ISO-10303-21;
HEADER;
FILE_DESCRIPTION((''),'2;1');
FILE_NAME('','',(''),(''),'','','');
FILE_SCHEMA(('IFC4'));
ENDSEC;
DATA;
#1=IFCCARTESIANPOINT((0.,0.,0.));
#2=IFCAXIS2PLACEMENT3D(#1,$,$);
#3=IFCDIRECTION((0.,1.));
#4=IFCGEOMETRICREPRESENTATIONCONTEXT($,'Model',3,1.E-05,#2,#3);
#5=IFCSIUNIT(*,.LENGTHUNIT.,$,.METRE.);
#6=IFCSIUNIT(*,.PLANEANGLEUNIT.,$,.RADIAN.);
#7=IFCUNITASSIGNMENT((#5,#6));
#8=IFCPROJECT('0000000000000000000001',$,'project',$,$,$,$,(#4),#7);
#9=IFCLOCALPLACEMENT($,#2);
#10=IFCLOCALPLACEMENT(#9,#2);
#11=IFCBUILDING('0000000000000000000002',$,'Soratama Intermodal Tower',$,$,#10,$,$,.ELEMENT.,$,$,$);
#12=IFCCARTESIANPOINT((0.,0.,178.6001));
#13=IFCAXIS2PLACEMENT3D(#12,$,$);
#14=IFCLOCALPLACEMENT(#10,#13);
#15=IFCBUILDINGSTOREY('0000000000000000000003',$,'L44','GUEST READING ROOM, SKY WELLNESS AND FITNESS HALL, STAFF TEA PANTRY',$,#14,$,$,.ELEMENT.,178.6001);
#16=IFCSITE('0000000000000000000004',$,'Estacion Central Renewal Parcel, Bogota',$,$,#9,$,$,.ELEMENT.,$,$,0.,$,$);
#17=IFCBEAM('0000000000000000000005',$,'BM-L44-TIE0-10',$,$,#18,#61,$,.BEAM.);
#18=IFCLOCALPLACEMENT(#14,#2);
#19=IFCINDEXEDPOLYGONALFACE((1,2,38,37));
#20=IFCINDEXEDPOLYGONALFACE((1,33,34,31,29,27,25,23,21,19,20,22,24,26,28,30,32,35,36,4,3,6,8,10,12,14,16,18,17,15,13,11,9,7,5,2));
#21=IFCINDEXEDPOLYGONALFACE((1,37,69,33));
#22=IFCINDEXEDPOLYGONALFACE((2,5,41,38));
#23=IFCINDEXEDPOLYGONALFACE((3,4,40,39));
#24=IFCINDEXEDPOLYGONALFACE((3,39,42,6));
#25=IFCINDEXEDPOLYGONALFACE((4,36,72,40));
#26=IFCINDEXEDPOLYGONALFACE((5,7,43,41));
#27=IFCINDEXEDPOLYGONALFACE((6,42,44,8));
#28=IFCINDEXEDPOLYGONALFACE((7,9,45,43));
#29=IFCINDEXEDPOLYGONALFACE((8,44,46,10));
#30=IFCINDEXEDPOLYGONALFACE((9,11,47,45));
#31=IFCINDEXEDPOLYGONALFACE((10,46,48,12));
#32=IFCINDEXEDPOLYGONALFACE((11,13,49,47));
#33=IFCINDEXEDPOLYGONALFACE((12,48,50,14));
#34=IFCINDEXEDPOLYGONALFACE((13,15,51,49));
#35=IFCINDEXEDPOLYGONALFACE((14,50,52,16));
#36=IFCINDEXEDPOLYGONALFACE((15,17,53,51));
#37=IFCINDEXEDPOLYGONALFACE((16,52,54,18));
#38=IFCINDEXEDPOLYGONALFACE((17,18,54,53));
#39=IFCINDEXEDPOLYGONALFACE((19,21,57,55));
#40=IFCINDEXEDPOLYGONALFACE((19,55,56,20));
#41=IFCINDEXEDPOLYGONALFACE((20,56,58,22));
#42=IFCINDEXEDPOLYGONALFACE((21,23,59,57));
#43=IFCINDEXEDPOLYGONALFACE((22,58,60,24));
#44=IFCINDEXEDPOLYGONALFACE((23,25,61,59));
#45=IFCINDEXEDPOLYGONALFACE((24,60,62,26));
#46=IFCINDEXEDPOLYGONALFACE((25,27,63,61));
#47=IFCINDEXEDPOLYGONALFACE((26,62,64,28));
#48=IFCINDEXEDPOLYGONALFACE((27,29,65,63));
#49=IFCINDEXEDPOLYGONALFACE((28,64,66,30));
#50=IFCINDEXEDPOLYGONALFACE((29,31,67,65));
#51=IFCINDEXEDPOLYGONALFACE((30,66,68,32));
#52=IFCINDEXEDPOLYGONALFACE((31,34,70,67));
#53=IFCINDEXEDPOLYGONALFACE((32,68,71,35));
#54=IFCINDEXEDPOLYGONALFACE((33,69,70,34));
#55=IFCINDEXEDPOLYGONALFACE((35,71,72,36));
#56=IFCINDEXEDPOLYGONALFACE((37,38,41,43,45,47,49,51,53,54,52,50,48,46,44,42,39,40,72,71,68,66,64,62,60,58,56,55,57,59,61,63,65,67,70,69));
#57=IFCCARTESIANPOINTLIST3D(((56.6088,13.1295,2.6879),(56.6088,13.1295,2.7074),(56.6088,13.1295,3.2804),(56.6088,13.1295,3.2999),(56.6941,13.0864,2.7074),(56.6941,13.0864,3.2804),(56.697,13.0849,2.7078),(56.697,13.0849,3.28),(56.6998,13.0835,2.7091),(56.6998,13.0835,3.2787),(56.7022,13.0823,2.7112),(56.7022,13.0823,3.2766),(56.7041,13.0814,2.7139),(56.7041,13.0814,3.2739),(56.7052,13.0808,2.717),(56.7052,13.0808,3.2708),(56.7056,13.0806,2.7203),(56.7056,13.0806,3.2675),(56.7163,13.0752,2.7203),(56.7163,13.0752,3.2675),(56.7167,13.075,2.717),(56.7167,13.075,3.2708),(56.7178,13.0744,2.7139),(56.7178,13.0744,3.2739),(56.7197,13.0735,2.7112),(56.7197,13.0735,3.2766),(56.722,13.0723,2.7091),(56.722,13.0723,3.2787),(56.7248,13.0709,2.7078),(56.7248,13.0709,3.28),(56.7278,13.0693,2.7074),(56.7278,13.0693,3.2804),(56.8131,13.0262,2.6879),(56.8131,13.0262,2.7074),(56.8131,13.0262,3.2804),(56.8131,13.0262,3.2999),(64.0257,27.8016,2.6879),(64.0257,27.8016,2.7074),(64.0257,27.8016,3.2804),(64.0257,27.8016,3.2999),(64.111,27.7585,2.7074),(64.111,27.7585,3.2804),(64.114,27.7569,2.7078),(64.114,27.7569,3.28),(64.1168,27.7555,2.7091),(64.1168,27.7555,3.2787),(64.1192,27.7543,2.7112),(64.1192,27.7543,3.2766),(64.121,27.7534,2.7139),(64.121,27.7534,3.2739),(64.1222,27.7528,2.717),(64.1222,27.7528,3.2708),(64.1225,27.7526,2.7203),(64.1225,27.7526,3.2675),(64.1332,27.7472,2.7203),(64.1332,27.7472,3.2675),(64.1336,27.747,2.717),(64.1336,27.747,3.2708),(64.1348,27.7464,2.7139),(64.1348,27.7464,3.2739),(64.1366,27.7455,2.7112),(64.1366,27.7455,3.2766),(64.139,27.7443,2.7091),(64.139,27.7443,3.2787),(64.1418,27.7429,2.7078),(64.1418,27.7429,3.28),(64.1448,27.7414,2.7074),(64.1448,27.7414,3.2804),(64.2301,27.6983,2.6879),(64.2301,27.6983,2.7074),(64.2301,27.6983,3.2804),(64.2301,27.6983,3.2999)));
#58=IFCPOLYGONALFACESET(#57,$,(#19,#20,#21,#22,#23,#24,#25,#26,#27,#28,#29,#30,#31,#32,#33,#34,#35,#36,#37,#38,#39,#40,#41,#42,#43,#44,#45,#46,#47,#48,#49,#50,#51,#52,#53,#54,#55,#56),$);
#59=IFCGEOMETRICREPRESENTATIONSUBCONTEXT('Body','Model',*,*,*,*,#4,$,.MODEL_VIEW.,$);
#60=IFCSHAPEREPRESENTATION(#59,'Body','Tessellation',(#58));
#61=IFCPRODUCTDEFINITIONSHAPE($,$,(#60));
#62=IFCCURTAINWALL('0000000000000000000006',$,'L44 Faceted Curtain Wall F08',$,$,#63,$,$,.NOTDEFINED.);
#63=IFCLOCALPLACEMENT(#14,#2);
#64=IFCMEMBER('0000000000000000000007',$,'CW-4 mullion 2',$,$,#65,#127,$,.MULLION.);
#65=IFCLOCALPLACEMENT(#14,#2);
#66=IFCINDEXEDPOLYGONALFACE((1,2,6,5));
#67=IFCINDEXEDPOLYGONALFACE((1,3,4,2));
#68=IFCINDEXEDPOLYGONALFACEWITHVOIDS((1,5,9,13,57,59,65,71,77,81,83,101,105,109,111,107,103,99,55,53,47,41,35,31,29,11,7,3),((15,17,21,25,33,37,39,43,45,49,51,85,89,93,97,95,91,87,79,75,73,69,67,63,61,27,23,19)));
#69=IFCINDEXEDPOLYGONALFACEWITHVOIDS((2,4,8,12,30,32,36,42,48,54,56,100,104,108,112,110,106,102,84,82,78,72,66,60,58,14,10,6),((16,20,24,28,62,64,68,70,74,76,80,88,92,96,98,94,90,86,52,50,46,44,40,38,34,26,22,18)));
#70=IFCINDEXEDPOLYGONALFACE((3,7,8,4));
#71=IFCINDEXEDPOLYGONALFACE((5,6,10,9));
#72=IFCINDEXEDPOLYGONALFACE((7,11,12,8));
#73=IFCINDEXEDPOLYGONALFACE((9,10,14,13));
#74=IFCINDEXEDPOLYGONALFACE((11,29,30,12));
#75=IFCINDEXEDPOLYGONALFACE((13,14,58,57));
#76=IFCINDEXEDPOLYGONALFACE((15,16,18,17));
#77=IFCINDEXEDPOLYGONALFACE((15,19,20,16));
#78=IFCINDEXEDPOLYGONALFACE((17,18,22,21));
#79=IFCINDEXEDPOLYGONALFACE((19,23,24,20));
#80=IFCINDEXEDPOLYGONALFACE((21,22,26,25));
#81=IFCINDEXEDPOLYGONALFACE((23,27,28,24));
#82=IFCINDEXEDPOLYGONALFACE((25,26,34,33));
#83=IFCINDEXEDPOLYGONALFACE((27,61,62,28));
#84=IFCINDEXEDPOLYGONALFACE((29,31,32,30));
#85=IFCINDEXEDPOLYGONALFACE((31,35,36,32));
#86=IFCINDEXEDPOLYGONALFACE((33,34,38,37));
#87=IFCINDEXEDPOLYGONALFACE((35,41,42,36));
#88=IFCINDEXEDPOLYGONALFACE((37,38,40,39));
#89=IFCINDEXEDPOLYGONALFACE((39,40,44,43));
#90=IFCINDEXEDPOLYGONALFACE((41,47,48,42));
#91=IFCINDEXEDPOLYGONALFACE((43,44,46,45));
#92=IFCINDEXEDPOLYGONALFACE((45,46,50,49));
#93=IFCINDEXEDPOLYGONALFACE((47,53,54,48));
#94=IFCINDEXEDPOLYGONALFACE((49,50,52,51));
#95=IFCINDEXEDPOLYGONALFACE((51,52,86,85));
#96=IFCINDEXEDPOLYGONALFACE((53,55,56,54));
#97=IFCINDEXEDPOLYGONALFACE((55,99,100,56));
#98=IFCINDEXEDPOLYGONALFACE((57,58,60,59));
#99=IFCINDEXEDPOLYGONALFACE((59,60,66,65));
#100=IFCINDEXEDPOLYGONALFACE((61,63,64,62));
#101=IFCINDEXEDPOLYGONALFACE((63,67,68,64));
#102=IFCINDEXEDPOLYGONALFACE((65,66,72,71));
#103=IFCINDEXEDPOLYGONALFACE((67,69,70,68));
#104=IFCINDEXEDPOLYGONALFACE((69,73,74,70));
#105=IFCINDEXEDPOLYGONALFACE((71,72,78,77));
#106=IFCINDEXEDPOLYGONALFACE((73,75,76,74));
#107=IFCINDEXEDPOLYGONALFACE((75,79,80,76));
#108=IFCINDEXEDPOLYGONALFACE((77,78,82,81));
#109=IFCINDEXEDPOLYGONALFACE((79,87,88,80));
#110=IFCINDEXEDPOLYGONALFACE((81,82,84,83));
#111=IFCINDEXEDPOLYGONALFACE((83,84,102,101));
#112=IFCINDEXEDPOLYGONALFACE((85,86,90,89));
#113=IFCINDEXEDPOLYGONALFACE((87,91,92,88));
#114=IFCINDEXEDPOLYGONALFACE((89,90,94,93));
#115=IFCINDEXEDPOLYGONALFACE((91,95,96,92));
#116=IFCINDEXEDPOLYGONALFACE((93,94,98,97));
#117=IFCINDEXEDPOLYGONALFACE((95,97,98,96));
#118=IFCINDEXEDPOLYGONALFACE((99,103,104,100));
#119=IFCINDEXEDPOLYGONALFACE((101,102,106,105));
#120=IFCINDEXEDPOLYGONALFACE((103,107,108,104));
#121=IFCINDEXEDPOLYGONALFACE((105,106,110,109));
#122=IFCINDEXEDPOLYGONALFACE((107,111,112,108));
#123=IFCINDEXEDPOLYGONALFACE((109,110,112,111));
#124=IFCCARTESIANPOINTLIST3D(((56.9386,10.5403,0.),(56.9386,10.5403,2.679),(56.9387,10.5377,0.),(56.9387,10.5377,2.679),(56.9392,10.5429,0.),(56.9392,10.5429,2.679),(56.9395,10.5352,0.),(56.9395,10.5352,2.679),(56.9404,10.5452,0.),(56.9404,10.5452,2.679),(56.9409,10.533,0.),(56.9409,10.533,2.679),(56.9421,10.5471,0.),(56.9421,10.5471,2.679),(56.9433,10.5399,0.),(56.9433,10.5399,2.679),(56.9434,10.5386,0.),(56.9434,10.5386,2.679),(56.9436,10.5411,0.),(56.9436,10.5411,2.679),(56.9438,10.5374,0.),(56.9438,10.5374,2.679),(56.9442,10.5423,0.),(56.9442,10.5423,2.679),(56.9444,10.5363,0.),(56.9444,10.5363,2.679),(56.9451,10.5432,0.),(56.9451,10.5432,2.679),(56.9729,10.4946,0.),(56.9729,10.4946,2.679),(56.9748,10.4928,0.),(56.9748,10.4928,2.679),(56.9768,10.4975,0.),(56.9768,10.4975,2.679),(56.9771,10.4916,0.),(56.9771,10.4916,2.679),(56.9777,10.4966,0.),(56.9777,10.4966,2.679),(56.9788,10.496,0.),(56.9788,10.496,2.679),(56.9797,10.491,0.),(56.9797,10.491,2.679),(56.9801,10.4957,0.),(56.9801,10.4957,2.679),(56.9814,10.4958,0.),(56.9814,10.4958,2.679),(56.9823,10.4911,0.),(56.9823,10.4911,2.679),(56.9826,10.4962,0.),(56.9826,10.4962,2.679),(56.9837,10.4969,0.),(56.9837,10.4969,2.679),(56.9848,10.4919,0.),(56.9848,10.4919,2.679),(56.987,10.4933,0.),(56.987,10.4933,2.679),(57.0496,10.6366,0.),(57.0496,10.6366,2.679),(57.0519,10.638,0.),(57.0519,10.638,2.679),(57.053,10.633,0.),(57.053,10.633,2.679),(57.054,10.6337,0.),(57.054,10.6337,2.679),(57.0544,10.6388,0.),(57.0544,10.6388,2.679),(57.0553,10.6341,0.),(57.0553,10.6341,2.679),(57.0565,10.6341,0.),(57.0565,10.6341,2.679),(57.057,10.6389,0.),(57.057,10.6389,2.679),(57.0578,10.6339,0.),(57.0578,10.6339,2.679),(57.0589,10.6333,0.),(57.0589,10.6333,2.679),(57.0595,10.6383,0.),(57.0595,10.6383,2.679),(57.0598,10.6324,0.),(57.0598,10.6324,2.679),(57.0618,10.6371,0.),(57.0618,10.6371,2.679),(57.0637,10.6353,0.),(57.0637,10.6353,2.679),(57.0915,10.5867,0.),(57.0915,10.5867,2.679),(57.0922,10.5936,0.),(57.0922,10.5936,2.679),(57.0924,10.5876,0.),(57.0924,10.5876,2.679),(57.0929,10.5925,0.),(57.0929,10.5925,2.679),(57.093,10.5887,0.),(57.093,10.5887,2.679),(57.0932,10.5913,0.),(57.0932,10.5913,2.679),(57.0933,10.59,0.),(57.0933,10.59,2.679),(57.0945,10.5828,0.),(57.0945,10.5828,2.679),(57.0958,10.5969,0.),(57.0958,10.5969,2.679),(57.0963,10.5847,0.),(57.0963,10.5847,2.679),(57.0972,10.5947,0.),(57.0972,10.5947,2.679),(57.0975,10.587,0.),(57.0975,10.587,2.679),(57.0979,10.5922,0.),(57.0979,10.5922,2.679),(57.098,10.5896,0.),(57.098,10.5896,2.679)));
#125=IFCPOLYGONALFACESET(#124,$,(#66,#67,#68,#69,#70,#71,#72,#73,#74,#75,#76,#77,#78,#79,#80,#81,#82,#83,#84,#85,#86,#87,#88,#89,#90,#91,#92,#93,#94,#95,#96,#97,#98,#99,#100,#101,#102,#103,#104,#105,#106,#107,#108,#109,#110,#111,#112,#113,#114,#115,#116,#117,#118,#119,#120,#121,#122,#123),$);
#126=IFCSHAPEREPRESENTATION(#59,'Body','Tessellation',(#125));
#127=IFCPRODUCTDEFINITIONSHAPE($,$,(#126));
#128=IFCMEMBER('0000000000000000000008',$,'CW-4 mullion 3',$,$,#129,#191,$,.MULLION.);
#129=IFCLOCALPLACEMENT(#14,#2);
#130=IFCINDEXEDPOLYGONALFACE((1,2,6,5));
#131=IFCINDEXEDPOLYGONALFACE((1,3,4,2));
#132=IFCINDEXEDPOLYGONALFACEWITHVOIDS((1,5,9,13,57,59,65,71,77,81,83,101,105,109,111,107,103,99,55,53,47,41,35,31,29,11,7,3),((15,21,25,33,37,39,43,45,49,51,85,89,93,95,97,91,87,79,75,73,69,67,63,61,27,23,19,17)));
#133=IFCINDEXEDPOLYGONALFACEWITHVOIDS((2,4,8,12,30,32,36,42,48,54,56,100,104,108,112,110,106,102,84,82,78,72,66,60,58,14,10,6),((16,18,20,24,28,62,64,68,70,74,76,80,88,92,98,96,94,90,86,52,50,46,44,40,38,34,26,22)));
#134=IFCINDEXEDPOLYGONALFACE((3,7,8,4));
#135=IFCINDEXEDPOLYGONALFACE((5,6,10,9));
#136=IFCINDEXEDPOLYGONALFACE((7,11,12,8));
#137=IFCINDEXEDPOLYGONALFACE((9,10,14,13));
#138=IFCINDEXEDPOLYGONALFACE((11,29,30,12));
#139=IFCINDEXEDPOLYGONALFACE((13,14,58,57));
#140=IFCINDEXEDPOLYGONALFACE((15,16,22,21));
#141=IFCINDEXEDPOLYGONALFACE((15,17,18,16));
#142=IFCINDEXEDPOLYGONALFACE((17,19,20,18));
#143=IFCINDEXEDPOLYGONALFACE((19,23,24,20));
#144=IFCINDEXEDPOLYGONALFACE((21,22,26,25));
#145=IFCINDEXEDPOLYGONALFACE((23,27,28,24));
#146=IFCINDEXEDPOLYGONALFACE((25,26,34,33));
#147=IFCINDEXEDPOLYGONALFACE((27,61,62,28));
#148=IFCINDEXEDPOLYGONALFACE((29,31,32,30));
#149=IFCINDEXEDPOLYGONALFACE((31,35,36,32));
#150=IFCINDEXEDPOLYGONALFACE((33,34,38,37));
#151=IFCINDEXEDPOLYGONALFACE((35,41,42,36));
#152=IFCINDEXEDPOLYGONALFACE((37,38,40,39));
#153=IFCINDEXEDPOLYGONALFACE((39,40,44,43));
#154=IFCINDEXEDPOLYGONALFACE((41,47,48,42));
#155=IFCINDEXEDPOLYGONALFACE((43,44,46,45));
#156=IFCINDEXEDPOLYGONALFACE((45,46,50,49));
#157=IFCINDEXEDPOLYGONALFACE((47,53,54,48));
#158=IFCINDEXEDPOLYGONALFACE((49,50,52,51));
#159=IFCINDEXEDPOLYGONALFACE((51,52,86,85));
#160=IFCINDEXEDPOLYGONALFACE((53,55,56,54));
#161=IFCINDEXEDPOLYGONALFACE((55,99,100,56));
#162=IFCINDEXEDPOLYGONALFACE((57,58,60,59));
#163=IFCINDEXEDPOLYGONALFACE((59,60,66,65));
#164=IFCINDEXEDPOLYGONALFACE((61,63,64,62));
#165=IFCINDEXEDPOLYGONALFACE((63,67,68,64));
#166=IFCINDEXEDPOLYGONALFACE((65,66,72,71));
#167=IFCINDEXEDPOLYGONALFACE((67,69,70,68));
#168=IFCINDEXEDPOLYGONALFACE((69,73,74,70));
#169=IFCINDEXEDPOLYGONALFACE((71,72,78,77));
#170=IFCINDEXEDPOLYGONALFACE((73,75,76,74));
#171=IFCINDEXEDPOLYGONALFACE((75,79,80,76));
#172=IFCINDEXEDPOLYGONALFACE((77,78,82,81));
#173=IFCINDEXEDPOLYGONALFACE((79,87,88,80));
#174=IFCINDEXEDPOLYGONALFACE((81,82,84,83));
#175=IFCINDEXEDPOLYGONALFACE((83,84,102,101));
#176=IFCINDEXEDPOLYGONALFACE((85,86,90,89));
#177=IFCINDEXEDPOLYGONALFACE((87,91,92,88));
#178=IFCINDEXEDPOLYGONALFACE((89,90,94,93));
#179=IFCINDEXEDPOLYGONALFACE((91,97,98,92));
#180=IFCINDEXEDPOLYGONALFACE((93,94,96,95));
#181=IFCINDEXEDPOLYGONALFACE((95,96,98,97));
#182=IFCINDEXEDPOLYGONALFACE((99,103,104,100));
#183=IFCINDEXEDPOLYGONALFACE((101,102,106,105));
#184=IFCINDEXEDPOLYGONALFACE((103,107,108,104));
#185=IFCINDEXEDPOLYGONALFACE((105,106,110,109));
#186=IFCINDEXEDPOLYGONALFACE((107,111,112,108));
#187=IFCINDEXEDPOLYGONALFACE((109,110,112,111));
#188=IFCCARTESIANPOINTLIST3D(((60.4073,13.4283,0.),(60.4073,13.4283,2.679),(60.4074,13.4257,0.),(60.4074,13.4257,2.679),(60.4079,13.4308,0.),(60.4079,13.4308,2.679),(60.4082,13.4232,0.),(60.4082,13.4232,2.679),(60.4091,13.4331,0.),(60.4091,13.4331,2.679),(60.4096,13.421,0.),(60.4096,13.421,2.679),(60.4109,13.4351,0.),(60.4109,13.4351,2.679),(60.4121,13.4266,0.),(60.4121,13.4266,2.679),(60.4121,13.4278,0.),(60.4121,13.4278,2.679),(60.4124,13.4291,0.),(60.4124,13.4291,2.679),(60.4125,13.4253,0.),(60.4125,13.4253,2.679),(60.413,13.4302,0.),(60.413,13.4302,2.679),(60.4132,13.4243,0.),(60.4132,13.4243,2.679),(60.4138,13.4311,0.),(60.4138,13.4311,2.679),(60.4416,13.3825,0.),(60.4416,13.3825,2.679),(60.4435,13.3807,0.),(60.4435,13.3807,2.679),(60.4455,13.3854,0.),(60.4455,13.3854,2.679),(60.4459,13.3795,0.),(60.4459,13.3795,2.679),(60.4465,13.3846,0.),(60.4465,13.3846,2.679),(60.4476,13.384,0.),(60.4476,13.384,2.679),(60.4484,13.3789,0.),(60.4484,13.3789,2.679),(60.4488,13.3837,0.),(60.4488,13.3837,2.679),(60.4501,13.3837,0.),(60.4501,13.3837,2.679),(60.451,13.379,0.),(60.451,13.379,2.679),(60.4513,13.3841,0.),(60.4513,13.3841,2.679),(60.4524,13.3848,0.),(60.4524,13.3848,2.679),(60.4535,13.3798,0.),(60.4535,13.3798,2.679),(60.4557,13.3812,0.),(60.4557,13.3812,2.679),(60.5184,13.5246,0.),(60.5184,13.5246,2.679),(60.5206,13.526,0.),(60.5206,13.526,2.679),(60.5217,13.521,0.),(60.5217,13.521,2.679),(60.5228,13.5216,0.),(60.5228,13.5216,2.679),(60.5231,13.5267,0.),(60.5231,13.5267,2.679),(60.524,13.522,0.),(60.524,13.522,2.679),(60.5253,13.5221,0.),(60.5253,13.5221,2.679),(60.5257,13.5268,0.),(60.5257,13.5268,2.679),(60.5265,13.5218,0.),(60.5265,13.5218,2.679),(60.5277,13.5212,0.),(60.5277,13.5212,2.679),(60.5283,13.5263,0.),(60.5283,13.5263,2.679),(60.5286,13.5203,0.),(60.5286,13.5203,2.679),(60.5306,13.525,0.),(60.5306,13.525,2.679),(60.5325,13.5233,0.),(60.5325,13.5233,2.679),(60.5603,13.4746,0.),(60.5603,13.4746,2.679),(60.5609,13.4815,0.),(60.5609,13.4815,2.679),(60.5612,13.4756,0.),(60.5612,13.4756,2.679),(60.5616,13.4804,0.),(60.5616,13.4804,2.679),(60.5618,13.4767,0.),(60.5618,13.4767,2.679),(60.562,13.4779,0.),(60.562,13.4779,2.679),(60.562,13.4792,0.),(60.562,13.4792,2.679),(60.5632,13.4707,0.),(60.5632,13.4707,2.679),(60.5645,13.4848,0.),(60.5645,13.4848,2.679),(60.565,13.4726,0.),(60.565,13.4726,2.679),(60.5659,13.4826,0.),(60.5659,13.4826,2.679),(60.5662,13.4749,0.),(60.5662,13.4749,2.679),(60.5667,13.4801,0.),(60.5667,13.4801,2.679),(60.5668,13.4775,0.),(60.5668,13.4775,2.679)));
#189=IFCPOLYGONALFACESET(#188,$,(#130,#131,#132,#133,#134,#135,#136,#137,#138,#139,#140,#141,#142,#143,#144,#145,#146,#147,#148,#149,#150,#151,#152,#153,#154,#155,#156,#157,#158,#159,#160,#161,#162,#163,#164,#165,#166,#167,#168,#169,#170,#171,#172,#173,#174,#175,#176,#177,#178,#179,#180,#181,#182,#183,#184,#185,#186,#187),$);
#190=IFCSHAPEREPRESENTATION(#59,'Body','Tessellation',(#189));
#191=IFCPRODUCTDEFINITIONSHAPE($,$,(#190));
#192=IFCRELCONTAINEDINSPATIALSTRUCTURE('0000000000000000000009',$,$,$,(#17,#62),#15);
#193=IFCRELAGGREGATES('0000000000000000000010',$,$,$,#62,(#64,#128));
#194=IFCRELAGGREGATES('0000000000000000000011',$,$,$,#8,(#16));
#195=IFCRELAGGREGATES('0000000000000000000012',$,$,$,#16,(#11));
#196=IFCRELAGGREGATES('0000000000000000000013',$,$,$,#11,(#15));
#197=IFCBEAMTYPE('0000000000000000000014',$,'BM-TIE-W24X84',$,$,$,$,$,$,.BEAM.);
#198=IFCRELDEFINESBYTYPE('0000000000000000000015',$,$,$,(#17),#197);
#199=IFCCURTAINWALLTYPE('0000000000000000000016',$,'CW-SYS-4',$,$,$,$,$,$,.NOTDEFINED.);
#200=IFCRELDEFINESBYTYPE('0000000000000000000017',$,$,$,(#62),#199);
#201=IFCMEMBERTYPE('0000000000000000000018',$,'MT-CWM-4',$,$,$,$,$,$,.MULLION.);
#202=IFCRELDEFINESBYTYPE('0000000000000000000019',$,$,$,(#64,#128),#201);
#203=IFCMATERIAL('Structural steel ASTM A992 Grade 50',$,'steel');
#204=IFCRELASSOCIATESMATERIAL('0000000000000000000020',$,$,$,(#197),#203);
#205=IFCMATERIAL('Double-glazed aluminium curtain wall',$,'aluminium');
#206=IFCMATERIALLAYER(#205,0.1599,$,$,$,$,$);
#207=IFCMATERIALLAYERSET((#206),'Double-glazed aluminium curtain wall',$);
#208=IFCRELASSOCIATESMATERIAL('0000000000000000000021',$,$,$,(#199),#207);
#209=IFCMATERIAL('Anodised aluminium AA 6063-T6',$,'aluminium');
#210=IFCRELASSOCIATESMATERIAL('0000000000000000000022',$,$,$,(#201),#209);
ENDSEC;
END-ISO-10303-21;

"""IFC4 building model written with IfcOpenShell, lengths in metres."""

from ifc_helpers import new_model, si_unit, direction, frame, origin, origin_2d, place, context, subcontext, project, spatial, hollow_rectangle, i_section, extrude, material, layer, layer_set, material_profile, profile_set, type_object, element, aggregate, save


model = new_model("IFC4")

# Units and contexts
model_context = context("Model", 3, precision=1e-05, world=origin(), true_north=direction((0.0, 1.0)))
body_context = subcontext(model_context, "Body", "Model", "MODEL_VIEW")
ifc_project = project(units=[si_unit("LENGTHUNIT", "METRE"), si_unit("PLANEANGLEUNIT", "RADIAN")], contexts=[model_context])

# Site, building, storey
site_placement = place(None, origin())
site = spatial("IfcSite", under=ifc_project, at=site_placement, Name="Estacion Central Renewal Parcel, Bogota", CompositionType="ELEMENT", RefElevation=0.0)
building_placement = place(site_placement, origin())
building = spatial("IfcBuilding", under=site, at=building_placement, Name="Soratama Intermodal Tower", CompositionType="ELEMENT")
storey_placement = place(building_placement, frame((0.0, 0.0, 178.6001)))
storey = spatial("IfcBuildingStorey", under=building, at=storey_placement, Name="L44", Description="GUEST READING ROOM, SKY WELLNESS AND FITNESS HALL, STAFF TEA PANTRY", CompositionType="ELEMENT", Elevation=178.6001)

# Beam
ifc_material_1 = material(Name="Structural steel ASTM A992 Grade 50", Category="steel")
ifc_material_profile_1 = material_profile(ifc_material_1, i_section(OverallWidth=0.229, OverallDepth=0.6121, WebThickness=0.012, FlangeThickness=0.0195, FilletRadius=0.0129, at=origin_2d()), Name="W24X84")
ifc_profile_set_1 = profile_set([ifc_material_profile_1], Name="Structural steel ASTM A992 Grade 50")
beam_type_1 = type_object("IfcBeamType", Name="BM-TIE-W24X84", PredefinedType="BEAM", material=ifc_profile_set_1)
beam_1_placement = place(storey_placement, frame((56.7109, 13.0779, 2.9939), z_axis=(0.451148, 0.892449, 0.0), x_axis=(-0.892449, 0.451148, 0.0)))
element("IfcBeam", 1, at=beam_1_placement, inside=storey, type_object=beam_type_1, Name="BM-L44-TIE0-10", PredefinedType="BEAM", context=body_context, shape_type="SweptSolid", body=[
    extrude(i_section(OverallWidth=0.229, OverallDepth=0.6121, WebThickness=0.012, FlangeThickness=0.0195, FilletRadius=0.0129, at=origin_2d()), origin(), (0.0, 0.0, 1.0), 16.4402),
])

# Curtain wall, members
ifc_material_2 = material(Name="Double-glazed aluminium curtain wall", Category="aluminium")
ifc_layer_1 = layer(ifc_material_2, 0.1599)
ifc_layer_set_1 = layer_set([ifc_layer_1], Name="Double-glazed aluminium curtain wall")
curtain_wall_type = type_object("IfcCurtainWallType", Name="CW-SYS-4", PredefinedType="NOTDEFINED", material=ifc_layer_set_1)
curtain_wall_placement = place(storey_placement, origin())
curtain_wall = element("IfcCurtainWall", 2, at=curtain_wall_placement, inside=storey, type_object=curtain_wall_type, Name="L44 Faceted Curtain Wall F08", PredefinedType="NOTDEFINED")
ifc_material_3 = material(Name="Anodised aluminium AA 6063-T6", Category="aluminium")
ifc_material_profile_2 = material_profile(ifc_material_3, hollow_rectangle(XDim=0.0701, YDim=0.1599, WallThickness=0.0049, InnerFilletRadius=0.0049, OuterFilletRadius=0.01, at=origin_2d()), Name="CWM160X70X5")
ifc_profile_set_2 = profile_set([ifc_material_profile_2], Name="Anodised aluminium AA 6063-T6")
member_type_1 = type_object("IfcMemberType", Name="MT-CWM-4", PredefinedType="MULLION", material=ifc_profile_set_2)
member_1_placement = place(storey_placement, frame((57.0183, 10.5649, 0.0), z_axis=(0.0, 0.0, 1.0), x_axis=(-0.63984, 0.768508, 0.0)))
member_1 = element("IfcMember", 3, at=member_1_placement, type_object=member_type_1, Name="CW-4 mullion 2", PredefinedType="MULLION", context=body_context, shape_type="SweptSolid", body=[
    extrude(hollow_rectangle(XDim=0.0701, YDim=0.1599, WallThickness=0.0049, InnerFilletRadius=0.0049, OuterFilletRadius=0.01, at=origin_2d()), origin(), (0.0, 0.0, 1.0), 2.679),
])
member_2_placement = place(storey_placement, frame((60.4871, 13.4529, 0.0), z_axis=(0.0, 0.0, 1.0), x_axis=(-0.63984, 0.768508, 0.0)))
member_2 = element("IfcMember", 4, at=member_2_placement, type_object=member_type_1, Name="CW-4 mullion 3", PredefinedType="MULLION", context=body_context, shape_type="SweptSolid", body=[
    extrude(hollow_rectangle(XDim=0.0701, YDim=0.1599, WallThickness=0.0049, InnerFilletRadius=0.0049, OuterFilletRadius=0.01, at=origin_2d()), origin(), (0.0, 0.0, 1.0), 2.679),
])
aggregate(curtain_wall, [member_1, member_2])

save(model, "model.ifc")
